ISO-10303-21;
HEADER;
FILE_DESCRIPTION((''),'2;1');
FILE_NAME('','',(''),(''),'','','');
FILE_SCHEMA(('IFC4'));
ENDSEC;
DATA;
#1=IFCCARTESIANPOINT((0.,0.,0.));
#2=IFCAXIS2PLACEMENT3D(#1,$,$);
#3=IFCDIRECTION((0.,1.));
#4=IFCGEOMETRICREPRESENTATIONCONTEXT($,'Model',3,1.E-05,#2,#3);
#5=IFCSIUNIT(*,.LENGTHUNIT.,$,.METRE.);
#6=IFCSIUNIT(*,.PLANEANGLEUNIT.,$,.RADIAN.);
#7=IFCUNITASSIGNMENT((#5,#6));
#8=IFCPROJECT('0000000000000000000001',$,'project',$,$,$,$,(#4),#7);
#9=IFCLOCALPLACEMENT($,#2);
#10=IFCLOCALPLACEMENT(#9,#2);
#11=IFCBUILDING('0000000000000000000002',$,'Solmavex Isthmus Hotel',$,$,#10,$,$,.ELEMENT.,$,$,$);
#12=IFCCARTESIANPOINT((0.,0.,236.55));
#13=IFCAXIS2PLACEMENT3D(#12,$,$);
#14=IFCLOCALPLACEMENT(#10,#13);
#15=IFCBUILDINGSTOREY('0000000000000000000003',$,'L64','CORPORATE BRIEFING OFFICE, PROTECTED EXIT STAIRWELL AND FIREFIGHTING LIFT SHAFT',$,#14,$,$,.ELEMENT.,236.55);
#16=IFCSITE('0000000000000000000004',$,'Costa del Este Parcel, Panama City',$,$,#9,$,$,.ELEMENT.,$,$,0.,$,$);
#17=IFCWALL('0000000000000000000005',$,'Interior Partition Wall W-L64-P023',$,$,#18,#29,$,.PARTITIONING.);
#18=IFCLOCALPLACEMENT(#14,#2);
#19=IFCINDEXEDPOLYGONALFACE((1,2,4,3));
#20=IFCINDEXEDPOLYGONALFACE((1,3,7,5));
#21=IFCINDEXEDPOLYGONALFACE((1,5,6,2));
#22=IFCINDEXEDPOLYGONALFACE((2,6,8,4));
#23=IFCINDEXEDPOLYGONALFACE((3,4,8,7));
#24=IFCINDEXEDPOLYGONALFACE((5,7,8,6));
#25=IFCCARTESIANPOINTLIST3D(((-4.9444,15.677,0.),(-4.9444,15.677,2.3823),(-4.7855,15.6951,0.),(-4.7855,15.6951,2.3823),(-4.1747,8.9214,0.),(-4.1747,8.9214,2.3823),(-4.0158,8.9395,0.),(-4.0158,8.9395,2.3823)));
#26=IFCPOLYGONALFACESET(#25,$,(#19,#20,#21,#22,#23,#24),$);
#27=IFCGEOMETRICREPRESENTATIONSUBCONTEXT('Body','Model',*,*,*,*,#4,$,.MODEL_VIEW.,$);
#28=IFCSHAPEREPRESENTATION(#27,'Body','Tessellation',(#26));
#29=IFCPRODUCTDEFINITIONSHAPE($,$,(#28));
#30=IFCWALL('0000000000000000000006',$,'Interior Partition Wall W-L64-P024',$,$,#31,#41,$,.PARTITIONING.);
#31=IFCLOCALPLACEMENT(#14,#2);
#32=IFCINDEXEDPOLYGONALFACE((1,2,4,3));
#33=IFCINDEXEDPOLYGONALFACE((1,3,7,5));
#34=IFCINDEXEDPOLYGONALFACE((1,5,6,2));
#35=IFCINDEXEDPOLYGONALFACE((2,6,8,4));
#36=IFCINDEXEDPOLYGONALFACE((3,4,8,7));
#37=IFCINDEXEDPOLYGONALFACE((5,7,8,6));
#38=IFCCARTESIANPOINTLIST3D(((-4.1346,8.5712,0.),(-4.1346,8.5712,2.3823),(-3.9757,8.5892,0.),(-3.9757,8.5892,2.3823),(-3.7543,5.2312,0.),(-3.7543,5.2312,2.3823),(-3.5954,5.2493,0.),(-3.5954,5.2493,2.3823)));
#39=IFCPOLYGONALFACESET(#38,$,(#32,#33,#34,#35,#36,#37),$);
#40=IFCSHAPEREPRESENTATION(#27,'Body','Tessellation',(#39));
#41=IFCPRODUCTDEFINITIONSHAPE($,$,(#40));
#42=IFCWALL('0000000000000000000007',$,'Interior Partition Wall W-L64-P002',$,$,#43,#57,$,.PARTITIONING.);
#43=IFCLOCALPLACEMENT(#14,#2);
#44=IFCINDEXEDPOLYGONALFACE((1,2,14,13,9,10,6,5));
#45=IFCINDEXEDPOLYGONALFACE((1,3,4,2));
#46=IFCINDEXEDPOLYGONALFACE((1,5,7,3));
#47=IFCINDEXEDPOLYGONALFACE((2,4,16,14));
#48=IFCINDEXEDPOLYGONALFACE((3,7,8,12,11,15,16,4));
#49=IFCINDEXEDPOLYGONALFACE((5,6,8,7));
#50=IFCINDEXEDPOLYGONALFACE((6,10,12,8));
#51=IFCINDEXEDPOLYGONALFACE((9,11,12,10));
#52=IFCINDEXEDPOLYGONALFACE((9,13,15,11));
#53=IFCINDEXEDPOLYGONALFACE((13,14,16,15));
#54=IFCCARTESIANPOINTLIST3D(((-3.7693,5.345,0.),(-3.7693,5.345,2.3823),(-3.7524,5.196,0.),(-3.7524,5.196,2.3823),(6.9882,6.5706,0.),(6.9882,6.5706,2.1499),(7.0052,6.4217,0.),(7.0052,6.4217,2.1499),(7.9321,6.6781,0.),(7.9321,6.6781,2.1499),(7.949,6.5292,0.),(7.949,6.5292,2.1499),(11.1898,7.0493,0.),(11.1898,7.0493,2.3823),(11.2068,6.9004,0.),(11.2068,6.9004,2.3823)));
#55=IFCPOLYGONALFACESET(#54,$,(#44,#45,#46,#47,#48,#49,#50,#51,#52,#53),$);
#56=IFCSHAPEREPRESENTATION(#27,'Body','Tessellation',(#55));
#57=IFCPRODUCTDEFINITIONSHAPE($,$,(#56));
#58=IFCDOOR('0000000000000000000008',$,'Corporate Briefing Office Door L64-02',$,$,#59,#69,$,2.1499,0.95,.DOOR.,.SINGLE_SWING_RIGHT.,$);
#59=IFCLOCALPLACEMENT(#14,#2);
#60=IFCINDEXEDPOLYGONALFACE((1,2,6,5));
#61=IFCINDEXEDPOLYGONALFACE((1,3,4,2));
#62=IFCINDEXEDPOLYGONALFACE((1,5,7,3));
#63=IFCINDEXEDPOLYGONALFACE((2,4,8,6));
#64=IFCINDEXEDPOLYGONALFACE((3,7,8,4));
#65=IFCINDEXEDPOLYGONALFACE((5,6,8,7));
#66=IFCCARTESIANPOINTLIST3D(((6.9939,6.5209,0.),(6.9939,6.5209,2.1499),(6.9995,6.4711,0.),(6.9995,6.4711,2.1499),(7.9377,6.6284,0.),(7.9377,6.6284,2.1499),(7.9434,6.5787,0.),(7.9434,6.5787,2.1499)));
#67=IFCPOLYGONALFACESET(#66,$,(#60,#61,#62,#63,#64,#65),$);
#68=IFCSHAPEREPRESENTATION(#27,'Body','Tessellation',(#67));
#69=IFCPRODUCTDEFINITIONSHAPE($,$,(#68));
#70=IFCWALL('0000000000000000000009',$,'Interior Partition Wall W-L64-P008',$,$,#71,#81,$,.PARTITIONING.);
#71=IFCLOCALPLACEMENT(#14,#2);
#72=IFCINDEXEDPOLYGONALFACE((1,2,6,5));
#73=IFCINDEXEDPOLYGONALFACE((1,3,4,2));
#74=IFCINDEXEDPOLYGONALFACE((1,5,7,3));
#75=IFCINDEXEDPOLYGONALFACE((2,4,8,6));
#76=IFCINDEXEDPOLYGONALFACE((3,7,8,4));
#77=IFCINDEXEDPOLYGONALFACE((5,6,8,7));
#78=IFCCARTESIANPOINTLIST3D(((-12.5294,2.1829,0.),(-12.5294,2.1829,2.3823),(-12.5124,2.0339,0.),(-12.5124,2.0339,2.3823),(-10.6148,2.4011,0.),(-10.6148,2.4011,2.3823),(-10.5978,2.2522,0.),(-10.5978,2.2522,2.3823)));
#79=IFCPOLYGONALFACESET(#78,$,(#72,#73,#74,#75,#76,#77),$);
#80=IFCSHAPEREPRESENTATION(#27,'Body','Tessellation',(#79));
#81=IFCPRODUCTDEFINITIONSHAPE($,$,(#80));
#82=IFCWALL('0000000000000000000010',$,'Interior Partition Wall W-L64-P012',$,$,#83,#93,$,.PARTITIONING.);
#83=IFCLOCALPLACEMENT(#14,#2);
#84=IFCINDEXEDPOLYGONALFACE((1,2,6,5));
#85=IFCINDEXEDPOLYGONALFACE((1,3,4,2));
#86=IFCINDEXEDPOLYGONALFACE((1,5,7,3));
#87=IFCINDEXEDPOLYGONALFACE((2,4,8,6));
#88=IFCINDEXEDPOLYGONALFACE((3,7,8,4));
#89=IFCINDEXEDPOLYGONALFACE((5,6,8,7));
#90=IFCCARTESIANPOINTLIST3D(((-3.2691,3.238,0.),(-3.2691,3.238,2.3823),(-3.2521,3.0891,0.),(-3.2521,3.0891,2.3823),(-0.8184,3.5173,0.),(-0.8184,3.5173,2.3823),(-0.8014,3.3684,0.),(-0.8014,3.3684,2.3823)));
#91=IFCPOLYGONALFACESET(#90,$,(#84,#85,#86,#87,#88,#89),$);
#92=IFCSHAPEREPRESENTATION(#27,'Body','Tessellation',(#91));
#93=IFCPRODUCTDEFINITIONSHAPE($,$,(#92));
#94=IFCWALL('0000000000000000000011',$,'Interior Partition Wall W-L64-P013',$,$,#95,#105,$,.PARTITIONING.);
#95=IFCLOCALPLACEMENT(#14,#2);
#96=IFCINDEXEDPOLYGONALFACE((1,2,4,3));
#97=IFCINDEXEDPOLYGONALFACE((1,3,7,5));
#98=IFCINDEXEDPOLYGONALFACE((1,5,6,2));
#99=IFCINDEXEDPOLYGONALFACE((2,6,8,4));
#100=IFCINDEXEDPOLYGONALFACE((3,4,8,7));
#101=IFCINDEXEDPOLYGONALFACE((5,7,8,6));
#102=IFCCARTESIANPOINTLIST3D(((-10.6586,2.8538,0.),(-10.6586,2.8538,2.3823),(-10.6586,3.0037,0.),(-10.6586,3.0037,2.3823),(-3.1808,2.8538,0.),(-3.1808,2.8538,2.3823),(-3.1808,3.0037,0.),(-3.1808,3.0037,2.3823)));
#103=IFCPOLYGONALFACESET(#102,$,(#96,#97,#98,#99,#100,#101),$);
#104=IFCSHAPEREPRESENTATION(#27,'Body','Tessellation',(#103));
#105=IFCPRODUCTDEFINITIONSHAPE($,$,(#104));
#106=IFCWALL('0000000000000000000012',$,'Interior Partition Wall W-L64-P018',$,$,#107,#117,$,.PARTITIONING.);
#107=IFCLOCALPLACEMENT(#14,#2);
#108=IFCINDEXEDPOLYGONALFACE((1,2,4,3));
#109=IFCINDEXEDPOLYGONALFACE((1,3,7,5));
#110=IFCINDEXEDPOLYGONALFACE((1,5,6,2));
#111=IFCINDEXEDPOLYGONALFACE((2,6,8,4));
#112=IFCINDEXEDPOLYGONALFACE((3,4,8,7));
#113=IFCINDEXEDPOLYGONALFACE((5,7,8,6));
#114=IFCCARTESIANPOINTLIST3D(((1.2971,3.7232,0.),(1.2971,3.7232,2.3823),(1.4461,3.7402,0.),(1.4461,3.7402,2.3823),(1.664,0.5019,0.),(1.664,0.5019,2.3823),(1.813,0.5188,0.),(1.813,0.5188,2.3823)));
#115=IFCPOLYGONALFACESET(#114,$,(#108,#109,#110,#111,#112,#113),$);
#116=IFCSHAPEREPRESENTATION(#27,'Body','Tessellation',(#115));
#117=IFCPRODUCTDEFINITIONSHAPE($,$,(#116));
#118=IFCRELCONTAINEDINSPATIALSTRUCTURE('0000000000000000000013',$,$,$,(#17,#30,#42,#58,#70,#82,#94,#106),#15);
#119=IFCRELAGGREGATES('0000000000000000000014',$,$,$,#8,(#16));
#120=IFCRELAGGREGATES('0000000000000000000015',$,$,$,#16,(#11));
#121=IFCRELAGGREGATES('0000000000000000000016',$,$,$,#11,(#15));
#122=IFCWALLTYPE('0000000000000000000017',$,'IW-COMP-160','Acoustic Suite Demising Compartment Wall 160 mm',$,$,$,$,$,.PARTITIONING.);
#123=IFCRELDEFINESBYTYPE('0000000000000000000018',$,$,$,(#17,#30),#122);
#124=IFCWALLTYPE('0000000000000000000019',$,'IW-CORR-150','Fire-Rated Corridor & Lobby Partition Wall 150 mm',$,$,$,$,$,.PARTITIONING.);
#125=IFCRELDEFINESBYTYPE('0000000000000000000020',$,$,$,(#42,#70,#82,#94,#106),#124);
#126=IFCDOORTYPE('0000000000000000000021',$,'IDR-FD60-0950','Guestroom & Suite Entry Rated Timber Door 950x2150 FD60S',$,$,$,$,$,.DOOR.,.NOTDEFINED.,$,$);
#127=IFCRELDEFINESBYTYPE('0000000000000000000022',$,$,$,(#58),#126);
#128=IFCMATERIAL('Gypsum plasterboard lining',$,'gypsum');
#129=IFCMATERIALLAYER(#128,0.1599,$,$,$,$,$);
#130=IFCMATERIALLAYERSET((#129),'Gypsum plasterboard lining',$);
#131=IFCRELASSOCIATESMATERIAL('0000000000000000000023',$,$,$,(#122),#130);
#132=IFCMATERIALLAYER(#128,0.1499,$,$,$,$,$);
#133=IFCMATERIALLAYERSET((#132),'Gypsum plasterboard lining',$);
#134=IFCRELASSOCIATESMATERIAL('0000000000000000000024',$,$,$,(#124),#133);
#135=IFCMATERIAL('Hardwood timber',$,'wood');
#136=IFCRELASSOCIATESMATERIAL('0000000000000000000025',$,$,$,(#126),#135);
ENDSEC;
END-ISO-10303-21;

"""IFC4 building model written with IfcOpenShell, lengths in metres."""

from ifc_helpers import new_model, si_unit, direction, frame, frame_2d, origin, place, context, subcontext, project, spatial, rectangle, extrude, material, layer, layer_set, type_object, element, fill, save


model = new_model("IFC4")

# Units and contexts
model_context = context("Model", 3, precision=1e-05, world=origin(), true_north=direction((0.0, 1.0)))
body_context = subcontext(model_context, "Body", "Model", "MODEL_VIEW")
ifc_project = project(units=[si_unit("LENGTHUNIT", "METRE"), si_unit("PLANEANGLEUNIT", "RADIAN")], contexts=[model_context])

# Site, building, storey
site_placement = place(None, origin())
site = spatial("IfcSite", under=ifc_project, at=site_placement, Name="Costa del Este Parcel, Panama City", CompositionType="ELEMENT", RefElevation=0.0)
building_placement = place(site_placement, origin())
building = spatial("IfcBuilding", under=site, at=building_placement, Name="Solmavex Isthmus Hotel", CompositionType="ELEMENT")
storey_placement = place(building_placement, frame((0.0, 0.0, 236.55)))
storey = spatial("IfcBuildingStorey", under=building, at=storey_placement, Name="L64", Description="CORPORATE BRIEFING OFFICE, PROTECTED EXIT STAIRWELL AND FIREFIGHTING LIFT SHAFT", CompositionType="ELEMENT", Elevation=236.55)

# Walls
ifc_material_1 = material(Name="Gypsum plasterboard lining", Category="gypsum")
ifc_layer_1 = layer(ifc_material_1, 0.1599)
ifc_layer_set_1 = layer_set([ifc_layer_1], Name="Gypsum plasterboard lining")
wall_type_1 = type_object("IfcWallType", Name="IW-COMP-160", Description="Acoustic Suite Demising Compartment Wall 160 mm", PredefinedType="PARTITIONING", material=ifc_layer_set_1)
wall_1_placement = place(storey_placement, frame((-4.865, 15.686, 0.0), z_axis=(0.0, 0.0, 1.0), x_axis=(0.113213, -0.993571, 0.0)))
element("IfcWall", 1, at=wall_1_placement, inside=storey, type_object=wall_type_1, Name="Interior Partition Wall W-L64-P023", PredefinedType="PARTITIONING", context=body_context, shape_type="SweptSolid", body=[
    extrude(rectangle(XDim=6.7993, YDim=0.1599, at=frame_2d((3.3997, 0.0))), origin(), (0.0, 0.0, 1.0), 2.3823),
])
wall_2_placement = place(storey_placement, frame((-4.0552, 8.5801, 0.0), z_axis=(0.0, 0.0, 1.0), x_axis=(0.113149, -0.993578, 0.0)))
element("IfcWall", 2, at=wall_2_placement, inside=storey, type_object=wall_type_1, Name="Interior Partition Wall W-L64-P024", PredefinedType="PARTITIONING", context=body_context, shape_type="SweptSolid", body=[
    extrude(rectangle(XDim=3.3616, YDim=0.1599, at=frame_2d((1.6807, 0.0))), origin(), (0.0, 0.0, 1.0), 2.3823),
])

# Wall, opening, door
ifc_layer_2 = layer(ifc_material_1, 0.1499)
ifc_layer_set_2 = layer_set([ifc_layer_2], Name="Gypsum plasterboard lining")
wall_type_2 = type_object("IfcWallType", Name="IW-CORR-150", Description="Fire-Rated Corridor & Lobby Partition Wall 150 mm", PredefinedType="PARTITIONING", material=ifc_layer_set_2)
wall_3_placement = place(storey_placement, frame((-3.7607, 5.2705, 0.0), z_axis=(0.0, 0.0, 1.0), x_axis=(0.993572, 0.1132, 0.0)))
wall_3 = element("IfcWall", 3, at=wall_3_placement, inside=storey, type_object=wall_type_2, Name="Interior Partition Wall W-L64-P002", PredefinedType="PARTITIONING", context=body_context, shape_type="SweptSolid", body=[
    extrude(rectangle(XDim=15.0559, YDim=0.1499, at=frame_2d((7.5278, 0.0))), origin(), (0.0, 0.0, 1.0), 2.3823),
])
opening_placement = place(wall_3_placement, frame((10.8269, 0.0, 0.0)))
opening = element("IfcOpeningElement", 4, at=opening_placement, cuts=wall_3, PredefinedType="OPENING", context=body_context, shape_type="SweptSolid", body=[
    extrude(rectangle(XDim=0.95, YDim=2.1499, at=frame_2d((0.4751, 1.075))), frame((0.0, 0.085, 0.0), z_axis=(0.0, -1.0, 0.0), x_axis=(1.0, 0.0, 0.0)), (0.0, 0.0, 1.0), 0.1699),
])
ifc_material_2 = material(Name="Hardwood timber", Category="wood")
door_type = type_object("IfcDoorType", Name="IDR-FD60-0950", Description="Guestroom & Suite Entry Rated Timber Door 950x2150 FD60S", OperationType="NOTDEFINED", PredefinedType="DOOR", material=ifc_material_2)
door_placement = place(opening_placement, origin())
door = element("IfcDoor", 5, at=door_placement, inside=storey, type_object=door_type, Name="Corporate Briefing Office Door L64-02", OperationType="SINGLE_SWING_RIGHT", OverallHeight=2.1499, OverallWidth=0.95, PredefinedType="DOOR", context=body_context, shape_type="SweptSolid", body=[
    extrude(rectangle(XDim=0.95, YDim=2.1499, at=frame_2d((0.4751, 1.075))), frame((0.0, 0.0249, 0.0), z_axis=(0.0, -1.0, 0.0), x_axis=(1.0, 0.0, 0.0)), (0.0, 0.0, 1.0), 0.05),
])
fill(opening, door)

# Walls
wall_4_placement = place(storey_placement, frame((-10.6064, 2.3267, 0.0), z_axis=(0.0, 0.0, 1.0), x_axis=(-0.993564, -0.113268, 0.0)))
element("IfcWall", 6, at=wall_4_placement, inside=storey, type_object=wall_type_2, Name="Interior Partition Wall W-L64-P008", PredefinedType="PARTITIONING", context=body_context, shape_type="SweptSolid", body=[
    extrude(rectangle(XDim=1.927, YDim=0.1499, at=frame_2d((0.9634, 0.0))), origin(), (0.0, 0.0, 1.0), 2.3823),
])
wall_5_placement = place(storey_placement, frame((-0.8098, 3.4429, 0.0), z_axis=(0.0, 0.0, 1.0), x_axis=(-0.993568, -0.113234, 0.0)))
element("IfcWall", 7, at=wall_5_placement, inside=storey, type_object=wall_type_2, Name="Interior Partition Wall W-L64-P012", PredefinedType="PARTITIONING", context=body_context, shape_type="SweptSolid", body=[
    extrude(rectangle(XDim=2.4666, YDim=0.1499, at=frame_2d((1.2334, 0.0))), origin(), (0.0, 0.0, 1.0), 2.3823),
])
wall_6_placement = place(storey_placement, frame((-3.1809, 2.9287, 0.0), z_axis=(0.0, 0.0, 1.0), x_axis=(-1.0, 0.0, 0.0)))
element("IfcWall", 8, at=wall_6_placement, inside=storey, type_object=wall_type_2, Name="Interior Partition Wall W-L64-P013", PredefinedType="PARTITIONING", context=body_context, shape_type="SweptSolid", body=[
    extrude(rectangle(XDim=7.4778, YDim=0.1499, at=frame_2d((3.7388, 0.0))), origin(), (0.0, 0.0, 1.0), 2.3823),
])
wall_7_placement = place(storey_placement, frame((1.3716, 3.7317, 0.0), z_axis=(0.0, 0.0, 1.0), x_axis=(0.113175, -0.993575, 0.0)))
element("IfcWall", 9, at=wall_7_placement, inside=storey, type_object=wall_type_2, Name="Interior Partition Wall W-L64-P018", PredefinedType="PARTITIONING", context=body_context, shape_type="SweptSolid", body=[
    extrude(rectangle(XDim=3.2422, YDim=0.1499, at=frame_2d((1.6211, 0.0))), origin(), (0.0, 0.0, 1.0), 2.3823),
])

save(model, "model.ifc")
